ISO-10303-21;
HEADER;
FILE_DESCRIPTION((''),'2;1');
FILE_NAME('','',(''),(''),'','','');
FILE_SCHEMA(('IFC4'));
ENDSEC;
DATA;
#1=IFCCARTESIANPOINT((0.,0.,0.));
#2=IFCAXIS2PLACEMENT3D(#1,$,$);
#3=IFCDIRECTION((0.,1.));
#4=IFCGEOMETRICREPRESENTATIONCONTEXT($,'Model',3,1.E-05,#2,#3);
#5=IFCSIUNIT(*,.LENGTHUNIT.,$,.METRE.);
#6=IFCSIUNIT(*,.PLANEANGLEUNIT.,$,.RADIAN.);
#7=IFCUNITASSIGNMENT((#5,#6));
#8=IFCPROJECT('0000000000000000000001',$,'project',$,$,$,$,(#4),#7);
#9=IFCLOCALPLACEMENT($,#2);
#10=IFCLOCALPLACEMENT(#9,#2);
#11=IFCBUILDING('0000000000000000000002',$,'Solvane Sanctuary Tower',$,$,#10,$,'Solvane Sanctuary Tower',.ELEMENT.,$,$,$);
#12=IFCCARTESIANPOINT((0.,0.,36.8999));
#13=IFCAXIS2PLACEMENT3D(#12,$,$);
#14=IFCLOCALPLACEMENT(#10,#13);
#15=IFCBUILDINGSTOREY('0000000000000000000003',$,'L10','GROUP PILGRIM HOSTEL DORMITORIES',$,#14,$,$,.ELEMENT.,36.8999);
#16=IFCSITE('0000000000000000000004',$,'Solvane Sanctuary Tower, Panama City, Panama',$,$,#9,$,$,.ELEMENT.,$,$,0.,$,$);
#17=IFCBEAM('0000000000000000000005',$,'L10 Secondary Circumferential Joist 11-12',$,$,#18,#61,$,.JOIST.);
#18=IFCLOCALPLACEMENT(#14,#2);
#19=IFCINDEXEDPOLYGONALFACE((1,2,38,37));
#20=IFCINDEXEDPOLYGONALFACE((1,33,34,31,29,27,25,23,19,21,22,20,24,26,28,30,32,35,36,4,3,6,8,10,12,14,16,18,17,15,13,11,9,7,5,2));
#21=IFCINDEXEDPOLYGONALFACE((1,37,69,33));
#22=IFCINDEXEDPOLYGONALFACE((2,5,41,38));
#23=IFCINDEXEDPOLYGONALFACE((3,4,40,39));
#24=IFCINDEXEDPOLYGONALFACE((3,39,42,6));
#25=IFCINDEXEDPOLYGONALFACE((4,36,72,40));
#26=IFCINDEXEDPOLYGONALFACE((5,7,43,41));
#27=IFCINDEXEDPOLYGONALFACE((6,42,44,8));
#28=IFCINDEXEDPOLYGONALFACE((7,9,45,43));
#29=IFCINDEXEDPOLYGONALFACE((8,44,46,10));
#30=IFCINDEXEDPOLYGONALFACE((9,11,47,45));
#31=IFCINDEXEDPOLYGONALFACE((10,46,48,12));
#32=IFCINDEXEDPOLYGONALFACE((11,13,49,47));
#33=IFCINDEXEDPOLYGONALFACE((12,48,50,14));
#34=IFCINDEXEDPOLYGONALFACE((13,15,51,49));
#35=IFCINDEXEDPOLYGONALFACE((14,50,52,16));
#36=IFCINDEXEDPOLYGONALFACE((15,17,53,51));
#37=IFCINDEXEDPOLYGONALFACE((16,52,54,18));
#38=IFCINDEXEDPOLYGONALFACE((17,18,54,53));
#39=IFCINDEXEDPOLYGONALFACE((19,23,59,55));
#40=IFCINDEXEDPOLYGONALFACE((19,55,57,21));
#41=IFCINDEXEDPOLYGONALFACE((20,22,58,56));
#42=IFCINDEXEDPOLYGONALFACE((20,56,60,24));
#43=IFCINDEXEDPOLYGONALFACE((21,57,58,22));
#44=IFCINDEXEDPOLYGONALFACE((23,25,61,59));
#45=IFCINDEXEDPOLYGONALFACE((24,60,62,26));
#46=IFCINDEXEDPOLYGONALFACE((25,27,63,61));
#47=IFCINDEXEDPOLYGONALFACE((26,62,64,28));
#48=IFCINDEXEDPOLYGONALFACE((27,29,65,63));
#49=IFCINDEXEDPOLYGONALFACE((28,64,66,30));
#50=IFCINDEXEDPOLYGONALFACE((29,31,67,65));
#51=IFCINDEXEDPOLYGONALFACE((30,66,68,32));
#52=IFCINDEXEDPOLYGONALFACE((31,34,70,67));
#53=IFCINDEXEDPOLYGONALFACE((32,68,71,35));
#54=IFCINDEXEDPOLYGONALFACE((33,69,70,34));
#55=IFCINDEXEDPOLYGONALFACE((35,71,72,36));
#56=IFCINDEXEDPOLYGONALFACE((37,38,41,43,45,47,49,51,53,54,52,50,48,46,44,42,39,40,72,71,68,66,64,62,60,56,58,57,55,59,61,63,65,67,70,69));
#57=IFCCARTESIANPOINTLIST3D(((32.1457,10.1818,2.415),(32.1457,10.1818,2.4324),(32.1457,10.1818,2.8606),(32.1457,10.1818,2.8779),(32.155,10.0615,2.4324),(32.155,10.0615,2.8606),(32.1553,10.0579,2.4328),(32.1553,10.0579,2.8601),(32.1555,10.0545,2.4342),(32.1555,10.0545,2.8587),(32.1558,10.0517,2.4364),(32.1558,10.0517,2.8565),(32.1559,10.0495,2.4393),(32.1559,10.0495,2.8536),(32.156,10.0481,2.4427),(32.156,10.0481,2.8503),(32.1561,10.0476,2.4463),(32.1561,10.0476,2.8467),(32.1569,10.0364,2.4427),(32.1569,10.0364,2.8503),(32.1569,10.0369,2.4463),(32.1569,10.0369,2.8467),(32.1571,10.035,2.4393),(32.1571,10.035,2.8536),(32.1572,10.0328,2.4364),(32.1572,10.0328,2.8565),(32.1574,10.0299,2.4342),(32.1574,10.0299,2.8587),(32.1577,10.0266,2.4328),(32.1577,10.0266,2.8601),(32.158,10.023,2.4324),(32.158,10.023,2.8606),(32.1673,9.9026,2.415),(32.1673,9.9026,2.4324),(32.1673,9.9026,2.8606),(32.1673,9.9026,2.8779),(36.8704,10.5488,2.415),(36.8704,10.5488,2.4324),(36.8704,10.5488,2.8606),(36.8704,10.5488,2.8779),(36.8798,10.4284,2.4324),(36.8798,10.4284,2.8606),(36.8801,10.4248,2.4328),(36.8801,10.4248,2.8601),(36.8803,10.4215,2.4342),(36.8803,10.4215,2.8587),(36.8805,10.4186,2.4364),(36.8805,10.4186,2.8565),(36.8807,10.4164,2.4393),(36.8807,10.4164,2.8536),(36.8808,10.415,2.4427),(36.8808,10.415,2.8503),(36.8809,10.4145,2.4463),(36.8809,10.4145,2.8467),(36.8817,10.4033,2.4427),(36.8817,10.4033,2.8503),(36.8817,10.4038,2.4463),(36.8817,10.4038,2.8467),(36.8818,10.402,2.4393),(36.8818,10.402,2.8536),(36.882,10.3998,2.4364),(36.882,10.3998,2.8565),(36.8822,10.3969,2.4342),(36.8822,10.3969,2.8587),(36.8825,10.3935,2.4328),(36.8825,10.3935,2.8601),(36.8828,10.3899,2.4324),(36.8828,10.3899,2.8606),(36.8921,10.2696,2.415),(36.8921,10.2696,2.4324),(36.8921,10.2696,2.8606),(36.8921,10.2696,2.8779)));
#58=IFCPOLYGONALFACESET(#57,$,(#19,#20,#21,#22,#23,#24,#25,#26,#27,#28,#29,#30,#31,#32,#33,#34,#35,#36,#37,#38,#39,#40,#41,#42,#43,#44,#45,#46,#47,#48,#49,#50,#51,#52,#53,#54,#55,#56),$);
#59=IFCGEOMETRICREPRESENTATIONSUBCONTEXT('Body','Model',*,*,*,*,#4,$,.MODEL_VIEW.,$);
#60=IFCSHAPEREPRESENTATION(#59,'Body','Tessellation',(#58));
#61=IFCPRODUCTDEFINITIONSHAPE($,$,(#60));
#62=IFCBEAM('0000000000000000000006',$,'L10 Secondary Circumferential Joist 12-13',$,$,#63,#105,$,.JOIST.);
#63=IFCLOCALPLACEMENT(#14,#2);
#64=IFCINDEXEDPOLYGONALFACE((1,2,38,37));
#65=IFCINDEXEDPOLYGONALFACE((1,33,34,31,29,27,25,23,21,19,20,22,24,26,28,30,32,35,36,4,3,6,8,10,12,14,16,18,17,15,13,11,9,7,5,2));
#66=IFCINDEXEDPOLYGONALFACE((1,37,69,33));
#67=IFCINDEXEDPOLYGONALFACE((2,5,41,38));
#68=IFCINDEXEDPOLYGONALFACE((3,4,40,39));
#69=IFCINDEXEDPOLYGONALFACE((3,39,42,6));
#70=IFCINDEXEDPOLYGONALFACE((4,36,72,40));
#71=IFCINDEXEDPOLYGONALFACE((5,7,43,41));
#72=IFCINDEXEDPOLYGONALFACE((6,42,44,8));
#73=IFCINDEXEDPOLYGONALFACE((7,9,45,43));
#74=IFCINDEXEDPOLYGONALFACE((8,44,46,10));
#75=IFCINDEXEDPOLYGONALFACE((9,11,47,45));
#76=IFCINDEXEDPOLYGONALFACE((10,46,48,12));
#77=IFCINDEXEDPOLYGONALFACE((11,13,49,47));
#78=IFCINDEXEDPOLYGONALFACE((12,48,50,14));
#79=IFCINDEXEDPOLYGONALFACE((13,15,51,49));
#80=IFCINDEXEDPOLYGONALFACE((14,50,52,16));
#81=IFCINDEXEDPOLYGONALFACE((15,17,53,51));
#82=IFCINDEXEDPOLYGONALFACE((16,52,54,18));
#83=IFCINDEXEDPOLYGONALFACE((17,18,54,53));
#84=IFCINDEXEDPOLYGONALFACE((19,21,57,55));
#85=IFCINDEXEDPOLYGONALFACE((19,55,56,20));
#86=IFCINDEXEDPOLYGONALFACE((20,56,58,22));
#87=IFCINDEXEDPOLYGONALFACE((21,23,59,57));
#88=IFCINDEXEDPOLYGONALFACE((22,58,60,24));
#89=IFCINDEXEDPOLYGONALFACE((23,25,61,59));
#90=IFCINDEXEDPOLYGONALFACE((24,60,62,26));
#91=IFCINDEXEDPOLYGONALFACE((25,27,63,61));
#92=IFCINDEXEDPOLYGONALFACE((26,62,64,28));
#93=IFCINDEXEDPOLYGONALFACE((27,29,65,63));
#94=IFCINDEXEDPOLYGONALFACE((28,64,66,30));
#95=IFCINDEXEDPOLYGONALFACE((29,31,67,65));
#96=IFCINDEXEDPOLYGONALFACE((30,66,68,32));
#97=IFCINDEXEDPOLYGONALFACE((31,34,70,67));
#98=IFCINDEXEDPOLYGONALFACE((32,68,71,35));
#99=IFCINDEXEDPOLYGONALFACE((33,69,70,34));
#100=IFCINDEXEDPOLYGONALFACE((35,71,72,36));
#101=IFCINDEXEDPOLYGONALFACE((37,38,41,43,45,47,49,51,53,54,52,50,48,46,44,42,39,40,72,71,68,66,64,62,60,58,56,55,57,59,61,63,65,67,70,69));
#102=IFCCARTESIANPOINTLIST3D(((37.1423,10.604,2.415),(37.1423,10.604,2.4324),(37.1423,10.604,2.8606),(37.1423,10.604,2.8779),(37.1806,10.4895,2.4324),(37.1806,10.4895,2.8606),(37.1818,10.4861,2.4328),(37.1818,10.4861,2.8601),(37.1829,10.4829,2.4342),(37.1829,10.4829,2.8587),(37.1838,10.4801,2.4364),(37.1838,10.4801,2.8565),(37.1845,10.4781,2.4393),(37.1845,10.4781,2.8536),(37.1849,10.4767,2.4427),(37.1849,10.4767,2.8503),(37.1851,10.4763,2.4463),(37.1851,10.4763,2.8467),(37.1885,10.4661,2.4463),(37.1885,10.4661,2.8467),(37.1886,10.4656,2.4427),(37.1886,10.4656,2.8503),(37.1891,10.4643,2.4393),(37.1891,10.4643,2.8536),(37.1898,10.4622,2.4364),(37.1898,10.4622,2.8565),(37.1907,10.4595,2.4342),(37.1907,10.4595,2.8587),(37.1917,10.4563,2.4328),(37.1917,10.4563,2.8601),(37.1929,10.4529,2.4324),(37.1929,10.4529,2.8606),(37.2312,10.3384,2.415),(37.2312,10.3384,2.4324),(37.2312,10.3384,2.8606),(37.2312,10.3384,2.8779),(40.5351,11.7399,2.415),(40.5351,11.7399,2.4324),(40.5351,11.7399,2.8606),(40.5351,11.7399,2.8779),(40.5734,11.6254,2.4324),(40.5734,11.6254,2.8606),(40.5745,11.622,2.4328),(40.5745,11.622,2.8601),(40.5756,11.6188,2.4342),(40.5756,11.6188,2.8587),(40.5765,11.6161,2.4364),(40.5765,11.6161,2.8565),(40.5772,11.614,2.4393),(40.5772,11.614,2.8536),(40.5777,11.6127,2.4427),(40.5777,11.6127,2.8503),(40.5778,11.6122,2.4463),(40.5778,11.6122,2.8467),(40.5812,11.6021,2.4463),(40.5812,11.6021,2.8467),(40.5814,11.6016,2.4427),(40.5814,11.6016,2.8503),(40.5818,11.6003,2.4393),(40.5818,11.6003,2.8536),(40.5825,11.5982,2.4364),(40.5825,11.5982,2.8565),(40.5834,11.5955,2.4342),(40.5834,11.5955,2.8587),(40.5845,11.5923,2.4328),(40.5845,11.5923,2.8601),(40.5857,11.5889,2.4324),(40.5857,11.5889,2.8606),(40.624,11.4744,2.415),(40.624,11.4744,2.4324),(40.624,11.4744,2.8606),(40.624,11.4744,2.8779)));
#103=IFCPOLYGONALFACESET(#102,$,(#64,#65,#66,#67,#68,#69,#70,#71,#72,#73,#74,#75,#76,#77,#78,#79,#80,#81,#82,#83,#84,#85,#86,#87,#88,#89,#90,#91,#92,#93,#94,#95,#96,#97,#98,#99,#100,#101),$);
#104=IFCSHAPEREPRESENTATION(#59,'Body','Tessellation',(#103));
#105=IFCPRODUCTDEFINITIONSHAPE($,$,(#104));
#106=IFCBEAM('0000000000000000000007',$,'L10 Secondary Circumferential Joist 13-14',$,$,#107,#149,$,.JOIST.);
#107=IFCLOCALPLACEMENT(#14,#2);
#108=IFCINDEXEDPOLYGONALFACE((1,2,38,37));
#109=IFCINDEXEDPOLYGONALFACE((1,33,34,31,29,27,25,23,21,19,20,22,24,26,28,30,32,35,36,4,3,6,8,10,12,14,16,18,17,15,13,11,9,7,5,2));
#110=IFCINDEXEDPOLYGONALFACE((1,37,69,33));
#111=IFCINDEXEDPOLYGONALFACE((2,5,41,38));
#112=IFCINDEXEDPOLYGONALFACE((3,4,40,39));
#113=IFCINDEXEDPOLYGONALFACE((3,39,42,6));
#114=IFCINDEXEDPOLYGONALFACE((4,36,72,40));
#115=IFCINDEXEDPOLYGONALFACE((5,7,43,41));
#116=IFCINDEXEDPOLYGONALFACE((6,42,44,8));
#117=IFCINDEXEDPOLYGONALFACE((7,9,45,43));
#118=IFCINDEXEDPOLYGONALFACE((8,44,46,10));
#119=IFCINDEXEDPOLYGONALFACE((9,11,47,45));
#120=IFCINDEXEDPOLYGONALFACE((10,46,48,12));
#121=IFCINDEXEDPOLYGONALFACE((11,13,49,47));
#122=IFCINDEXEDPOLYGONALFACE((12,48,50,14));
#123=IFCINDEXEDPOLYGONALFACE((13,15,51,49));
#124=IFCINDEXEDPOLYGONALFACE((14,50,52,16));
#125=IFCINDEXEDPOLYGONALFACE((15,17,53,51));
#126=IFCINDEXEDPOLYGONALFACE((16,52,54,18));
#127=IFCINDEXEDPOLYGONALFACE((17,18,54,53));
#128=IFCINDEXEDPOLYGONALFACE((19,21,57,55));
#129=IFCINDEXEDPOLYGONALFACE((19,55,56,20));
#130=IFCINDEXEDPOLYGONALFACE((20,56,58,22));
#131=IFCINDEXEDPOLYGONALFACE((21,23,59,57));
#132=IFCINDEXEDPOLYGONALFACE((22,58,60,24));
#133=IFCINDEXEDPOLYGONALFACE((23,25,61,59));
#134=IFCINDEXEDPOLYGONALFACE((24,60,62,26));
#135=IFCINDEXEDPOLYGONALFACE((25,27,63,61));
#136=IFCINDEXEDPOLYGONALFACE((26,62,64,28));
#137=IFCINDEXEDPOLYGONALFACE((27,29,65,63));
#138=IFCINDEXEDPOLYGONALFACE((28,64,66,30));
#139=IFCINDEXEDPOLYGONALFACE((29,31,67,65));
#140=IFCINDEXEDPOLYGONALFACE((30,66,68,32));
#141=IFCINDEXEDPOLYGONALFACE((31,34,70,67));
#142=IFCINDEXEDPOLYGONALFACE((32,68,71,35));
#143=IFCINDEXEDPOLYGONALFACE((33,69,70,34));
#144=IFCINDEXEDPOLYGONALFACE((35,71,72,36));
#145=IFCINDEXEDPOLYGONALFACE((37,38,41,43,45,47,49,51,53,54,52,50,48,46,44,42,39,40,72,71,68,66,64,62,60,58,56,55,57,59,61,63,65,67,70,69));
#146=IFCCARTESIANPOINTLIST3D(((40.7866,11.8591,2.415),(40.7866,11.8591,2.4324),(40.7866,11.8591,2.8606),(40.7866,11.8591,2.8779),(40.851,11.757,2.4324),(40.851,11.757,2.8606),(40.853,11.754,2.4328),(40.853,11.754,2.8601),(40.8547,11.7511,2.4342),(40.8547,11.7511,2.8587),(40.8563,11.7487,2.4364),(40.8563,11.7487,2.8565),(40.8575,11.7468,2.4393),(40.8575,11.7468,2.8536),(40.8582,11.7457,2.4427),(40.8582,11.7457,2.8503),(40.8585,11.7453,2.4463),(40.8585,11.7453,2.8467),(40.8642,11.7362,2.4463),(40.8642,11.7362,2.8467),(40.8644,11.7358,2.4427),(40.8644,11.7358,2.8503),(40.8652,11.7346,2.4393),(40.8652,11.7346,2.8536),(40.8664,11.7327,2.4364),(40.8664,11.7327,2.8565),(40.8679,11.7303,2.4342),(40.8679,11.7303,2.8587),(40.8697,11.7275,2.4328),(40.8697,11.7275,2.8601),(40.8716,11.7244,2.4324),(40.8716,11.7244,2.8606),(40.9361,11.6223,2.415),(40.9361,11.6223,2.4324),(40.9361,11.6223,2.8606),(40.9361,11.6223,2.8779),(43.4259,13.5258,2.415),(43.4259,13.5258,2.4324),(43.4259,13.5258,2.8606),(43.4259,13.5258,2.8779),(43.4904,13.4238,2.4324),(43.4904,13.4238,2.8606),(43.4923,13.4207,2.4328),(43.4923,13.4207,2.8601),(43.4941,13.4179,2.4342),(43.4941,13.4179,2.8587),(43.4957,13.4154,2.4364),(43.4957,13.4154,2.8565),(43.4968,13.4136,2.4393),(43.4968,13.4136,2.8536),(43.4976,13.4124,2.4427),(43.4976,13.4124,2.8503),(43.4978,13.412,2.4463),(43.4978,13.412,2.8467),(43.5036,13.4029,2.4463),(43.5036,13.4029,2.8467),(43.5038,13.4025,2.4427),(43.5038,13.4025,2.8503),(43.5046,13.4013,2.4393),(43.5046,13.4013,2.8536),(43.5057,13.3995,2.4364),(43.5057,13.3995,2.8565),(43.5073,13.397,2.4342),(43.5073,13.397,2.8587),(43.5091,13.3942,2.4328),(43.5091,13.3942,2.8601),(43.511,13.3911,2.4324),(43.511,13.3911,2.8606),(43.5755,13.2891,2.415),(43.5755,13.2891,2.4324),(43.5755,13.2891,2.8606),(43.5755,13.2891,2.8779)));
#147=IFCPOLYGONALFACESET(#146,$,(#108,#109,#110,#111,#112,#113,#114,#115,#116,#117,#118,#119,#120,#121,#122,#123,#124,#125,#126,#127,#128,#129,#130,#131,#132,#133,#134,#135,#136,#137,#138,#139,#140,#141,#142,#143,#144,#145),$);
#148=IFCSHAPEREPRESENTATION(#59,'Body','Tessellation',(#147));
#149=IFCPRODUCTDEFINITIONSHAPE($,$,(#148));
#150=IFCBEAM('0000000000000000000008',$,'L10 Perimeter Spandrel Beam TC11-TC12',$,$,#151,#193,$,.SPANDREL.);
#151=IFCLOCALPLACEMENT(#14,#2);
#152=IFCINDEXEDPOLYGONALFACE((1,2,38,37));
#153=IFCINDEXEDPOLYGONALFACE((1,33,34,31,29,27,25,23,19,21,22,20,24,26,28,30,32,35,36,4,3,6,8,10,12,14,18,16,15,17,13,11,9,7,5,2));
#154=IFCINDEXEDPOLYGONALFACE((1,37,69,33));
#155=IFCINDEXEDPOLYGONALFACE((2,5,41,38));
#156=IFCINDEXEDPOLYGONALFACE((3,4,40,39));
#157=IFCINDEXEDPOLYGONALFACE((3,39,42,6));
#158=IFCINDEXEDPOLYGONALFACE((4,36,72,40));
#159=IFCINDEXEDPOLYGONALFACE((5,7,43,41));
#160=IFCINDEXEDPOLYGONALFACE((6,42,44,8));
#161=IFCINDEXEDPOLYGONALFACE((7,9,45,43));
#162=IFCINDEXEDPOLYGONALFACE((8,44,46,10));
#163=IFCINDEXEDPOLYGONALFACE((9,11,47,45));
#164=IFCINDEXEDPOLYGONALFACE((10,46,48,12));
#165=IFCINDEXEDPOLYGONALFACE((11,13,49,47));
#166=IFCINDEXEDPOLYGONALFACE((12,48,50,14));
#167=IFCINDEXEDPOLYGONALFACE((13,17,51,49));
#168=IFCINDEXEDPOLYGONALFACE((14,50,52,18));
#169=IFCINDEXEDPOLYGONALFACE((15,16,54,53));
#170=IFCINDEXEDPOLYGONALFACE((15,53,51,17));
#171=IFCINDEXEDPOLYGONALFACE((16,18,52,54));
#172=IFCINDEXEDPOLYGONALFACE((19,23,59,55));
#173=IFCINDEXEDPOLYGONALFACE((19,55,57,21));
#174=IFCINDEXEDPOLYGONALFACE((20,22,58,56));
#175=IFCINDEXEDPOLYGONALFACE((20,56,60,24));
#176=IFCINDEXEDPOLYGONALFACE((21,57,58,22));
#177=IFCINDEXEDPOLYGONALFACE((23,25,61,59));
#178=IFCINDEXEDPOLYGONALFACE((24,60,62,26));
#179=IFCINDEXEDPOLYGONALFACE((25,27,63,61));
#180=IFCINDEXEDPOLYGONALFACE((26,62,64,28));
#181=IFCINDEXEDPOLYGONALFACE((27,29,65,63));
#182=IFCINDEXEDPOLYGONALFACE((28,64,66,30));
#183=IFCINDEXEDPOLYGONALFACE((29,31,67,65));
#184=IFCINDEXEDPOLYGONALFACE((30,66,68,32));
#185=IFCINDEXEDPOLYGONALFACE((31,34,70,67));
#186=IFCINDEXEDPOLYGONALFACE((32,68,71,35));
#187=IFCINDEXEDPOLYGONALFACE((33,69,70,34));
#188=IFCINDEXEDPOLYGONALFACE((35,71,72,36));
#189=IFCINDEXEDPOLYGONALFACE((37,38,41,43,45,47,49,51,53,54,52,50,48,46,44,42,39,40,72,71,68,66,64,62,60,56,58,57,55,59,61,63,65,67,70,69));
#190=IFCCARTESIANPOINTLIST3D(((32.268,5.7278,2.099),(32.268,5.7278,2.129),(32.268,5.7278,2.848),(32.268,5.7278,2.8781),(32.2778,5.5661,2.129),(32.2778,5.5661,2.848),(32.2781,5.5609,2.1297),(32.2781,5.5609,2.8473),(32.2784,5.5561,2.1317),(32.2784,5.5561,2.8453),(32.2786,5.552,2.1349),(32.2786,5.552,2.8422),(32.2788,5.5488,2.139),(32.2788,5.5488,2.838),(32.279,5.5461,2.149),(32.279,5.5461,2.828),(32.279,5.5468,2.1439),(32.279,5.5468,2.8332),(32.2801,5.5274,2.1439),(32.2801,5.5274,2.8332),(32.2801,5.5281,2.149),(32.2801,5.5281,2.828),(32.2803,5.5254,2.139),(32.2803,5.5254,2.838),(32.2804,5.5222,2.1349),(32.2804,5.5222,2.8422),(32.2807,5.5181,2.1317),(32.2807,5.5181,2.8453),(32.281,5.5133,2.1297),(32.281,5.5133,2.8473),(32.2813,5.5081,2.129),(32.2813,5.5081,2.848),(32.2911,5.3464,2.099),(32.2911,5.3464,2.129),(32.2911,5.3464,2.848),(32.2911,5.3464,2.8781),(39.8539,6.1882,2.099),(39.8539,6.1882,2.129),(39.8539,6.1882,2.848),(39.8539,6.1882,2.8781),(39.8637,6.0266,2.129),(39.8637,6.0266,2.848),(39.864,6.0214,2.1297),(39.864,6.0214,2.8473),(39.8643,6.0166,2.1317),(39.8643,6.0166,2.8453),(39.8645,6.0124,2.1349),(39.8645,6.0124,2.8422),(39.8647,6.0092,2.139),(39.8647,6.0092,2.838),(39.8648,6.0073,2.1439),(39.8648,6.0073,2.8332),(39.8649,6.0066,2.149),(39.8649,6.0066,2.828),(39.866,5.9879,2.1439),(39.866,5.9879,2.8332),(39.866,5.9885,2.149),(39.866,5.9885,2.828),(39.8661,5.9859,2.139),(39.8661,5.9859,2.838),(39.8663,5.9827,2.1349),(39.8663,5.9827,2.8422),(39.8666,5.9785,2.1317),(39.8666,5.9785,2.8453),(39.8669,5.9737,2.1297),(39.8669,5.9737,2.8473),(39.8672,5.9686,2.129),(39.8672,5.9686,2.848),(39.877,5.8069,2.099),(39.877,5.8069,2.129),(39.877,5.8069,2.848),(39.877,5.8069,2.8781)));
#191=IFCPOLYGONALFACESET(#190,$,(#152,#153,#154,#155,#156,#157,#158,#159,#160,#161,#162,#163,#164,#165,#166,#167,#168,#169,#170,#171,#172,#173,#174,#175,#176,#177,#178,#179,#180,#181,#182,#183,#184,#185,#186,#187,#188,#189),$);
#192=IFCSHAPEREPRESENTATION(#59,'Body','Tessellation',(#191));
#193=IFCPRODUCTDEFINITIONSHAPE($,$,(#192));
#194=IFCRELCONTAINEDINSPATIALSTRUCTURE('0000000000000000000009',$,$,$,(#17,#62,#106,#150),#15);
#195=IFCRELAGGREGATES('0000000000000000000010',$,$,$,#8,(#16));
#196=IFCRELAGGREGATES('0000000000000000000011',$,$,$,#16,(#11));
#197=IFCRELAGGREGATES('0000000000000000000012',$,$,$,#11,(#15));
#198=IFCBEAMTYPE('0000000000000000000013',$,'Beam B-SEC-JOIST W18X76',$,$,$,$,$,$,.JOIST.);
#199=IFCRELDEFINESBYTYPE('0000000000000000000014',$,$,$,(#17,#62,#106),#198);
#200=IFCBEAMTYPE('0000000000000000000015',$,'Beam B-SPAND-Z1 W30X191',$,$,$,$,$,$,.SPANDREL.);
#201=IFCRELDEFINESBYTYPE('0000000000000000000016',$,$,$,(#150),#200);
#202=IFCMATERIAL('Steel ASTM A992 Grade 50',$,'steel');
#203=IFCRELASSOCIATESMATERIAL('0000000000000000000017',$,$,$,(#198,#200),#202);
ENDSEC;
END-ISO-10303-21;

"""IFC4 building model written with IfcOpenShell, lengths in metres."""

from ifc_helpers import new_model, si_unit, direction, frame, origin, origin_2d, place, context, subcontext, project, spatial, i_section, extrude, material, material_profile, profile_set, type_object, element, save


model = new_model("IFC4")

# Units and contexts
model_context = context("Model", 3, precision=1e-05, world=origin(), true_north=direction((0.0, 1.0)))
body_context = subcontext(model_context, "Body", "Model", "MODEL_VIEW")
ifc_project = project(units=[si_unit("LENGTHUNIT", "METRE"), si_unit("PLANEANGLEUNIT", "RADIAN")], contexts=[model_context])

# Site, building, storey
site_placement = place(None, origin())
site = spatial("IfcSite", under=ifc_project, at=site_placement, Name="Solvane Sanctuary Tower, Panama City, Panama", CompositionType="ELEMENT", RefElevation=0.0)
building_placement = place(site_placement, origin())
building = spatial("IfcBuilding", under=site, at=building_placement, Name="Solvane Sanctuary Tower", LongName="Solvane Sanctuary Tower", CompositionType="ELEMENT")
storey_placement = place(building_placement, frame((0.0, 0.0, 36.8999)))
storey = spatial("IfcBuildingStorey", under=building, at=storey_placement, Name="L10", Description="GROUP PILGRIM HOSTEL DORMITORIES", CompositionType="ELEMENT", Elevation=36.8999)

# Beams
ifc_material_1 = material(Name="Steel ASTM A992 Grade 50", Category="steel")
ifc_material_profile_1 = material_profile(ifc_material_1, i_section(OverallWidth=0.28, OverallDepth=0.4629, WebThickness=0.0107, FlangeThickness=0.0173, FilletRadius=0.0139, at=origin_2d()), Name="W18X76")
ifc_profile_set_1 = profile_set([ifc_material_profile_1], Name="Steel ASTM A992 Grade 50")
beam_type_1 = type_object("IfcBeamType", Name="Beam B-SEC-JOIST W18X76", PredefinedType="JOIST", material=ifc_profile_set_1)
beam_1_placement = place(storey_placement, frame((32.1565, 10.0422, 2.6465), z_axis=(0.996998, 0.077429, 0.0), x_axis=(-0.077429, 0.996998, 0.0)))
element("IfcBeam", 1, at=beam_1_placement, inside=storey, type_object=beam_type_1, Name="L10 Secondary Circumferential Joist 11-12", PredefinedType="JOIST", context=body_context, shape_type="SweptSolid", body=[
    extrude(i_section(OverallWidth=0.28, OverallDepth=0.4629, WebThickness=0.0107, FlangeThickness=0.0173, FilletRadius=0.0139, at=origin_2d()), origin(), (0.0, 0.0, 1.0), 4.739),
])
beam_2_placement = place(storey_placement, frame((37.1868, 10.4712, 2.6465), z_axis=(0.948259, 0.317497, 0.0), x_axis=(-0.317497, 0.948259, 0.0)))
element("IfcBeam", 2, at=beam_2_placement, inside=storey, type_object=beam_type_1, Name="L10 Secondary Circumferential Joist 12-13", PredefinedType="JOIST", context=body_context, shape_type="SweptSolid", body=[
    extrude(i_section(OverallWidth=0.28, OverallDepth=0.4629, WebThickness=0.0107, FlangeThickness=0.0173, FilletRadius=0.0139, at=origin_2d()), origin(), (0.0, 0.0, 1.0), 3.5779),
])
beam_3_placement = place(storey_placement, frame((40.8613, 11.7407, 2.6465), z_axis=(0.845524, 0.533937, 0.0), x_axis=(-0.533937, 0.845524, 0.0)))
element("IfcBeam", 3, at=beam_3_placement, inside=storey, type_object=beam_type_1, Name="L10 Secondary Circumferential Joist 13-14", PredefinedType="JOIST", context=body_context, shape_type="SweptSolid", body=[
    extrude(i_section(OverallWidth=0.28, OverallDepth=0.4629, WebThickness=0.0107, FlangeThickness=0.0173, FilletRadius=0.0139, at=origin_2d()), origin(), (0.0, 0.0, 1.0), 3.1216),
])
ifc_material_profile_2 = material_profile(ifc_material_1, i_section(OverallWidth=0.3821, OverallDepth=0.7791, WebThickness=0.0181, FlangeThickness=0.03, FilletRadius=0.02, at=origin_2d()), Name="W30X191")
ifc_profile_set_2 = profile_set([ifc_material_profile_2], Name="Steel ASTM A992 Grade 50")
beam_type_2 = type_object("IfcBeamType", Name="Beam B-SPAND-Z1 W30X191", PredefinedType="SPANDREL", material=ifc_profile_set_2)
beam_4_placement = place(storey_placement, frame((32.2795, 5.5371, 2.4885), z_axis=(0.998163, 0.060586, 0.0), x_axis=(-0.060586, 0.998163, 0.0)))
element("IfcBeam", 4, at=beam_4_placement, inside=storey, type_object=beam_type_2, Name="L10 Perimeter Spandrel Beam TC11-TC12", PredefinedType="SPANDREL", context=body_context, shape_type="SweptSolid", body=[
    extrude(i_section(OverallWidth=0.3821, OverallDepth=0.7791, WebThickness=0.0181, FlangeThickness=0.03, FilletRadius=0.02, at=origin_2d()), origin(), (0.0, 0.0, 1.0), 7.5999),
])

save(model, "model.ifc")
